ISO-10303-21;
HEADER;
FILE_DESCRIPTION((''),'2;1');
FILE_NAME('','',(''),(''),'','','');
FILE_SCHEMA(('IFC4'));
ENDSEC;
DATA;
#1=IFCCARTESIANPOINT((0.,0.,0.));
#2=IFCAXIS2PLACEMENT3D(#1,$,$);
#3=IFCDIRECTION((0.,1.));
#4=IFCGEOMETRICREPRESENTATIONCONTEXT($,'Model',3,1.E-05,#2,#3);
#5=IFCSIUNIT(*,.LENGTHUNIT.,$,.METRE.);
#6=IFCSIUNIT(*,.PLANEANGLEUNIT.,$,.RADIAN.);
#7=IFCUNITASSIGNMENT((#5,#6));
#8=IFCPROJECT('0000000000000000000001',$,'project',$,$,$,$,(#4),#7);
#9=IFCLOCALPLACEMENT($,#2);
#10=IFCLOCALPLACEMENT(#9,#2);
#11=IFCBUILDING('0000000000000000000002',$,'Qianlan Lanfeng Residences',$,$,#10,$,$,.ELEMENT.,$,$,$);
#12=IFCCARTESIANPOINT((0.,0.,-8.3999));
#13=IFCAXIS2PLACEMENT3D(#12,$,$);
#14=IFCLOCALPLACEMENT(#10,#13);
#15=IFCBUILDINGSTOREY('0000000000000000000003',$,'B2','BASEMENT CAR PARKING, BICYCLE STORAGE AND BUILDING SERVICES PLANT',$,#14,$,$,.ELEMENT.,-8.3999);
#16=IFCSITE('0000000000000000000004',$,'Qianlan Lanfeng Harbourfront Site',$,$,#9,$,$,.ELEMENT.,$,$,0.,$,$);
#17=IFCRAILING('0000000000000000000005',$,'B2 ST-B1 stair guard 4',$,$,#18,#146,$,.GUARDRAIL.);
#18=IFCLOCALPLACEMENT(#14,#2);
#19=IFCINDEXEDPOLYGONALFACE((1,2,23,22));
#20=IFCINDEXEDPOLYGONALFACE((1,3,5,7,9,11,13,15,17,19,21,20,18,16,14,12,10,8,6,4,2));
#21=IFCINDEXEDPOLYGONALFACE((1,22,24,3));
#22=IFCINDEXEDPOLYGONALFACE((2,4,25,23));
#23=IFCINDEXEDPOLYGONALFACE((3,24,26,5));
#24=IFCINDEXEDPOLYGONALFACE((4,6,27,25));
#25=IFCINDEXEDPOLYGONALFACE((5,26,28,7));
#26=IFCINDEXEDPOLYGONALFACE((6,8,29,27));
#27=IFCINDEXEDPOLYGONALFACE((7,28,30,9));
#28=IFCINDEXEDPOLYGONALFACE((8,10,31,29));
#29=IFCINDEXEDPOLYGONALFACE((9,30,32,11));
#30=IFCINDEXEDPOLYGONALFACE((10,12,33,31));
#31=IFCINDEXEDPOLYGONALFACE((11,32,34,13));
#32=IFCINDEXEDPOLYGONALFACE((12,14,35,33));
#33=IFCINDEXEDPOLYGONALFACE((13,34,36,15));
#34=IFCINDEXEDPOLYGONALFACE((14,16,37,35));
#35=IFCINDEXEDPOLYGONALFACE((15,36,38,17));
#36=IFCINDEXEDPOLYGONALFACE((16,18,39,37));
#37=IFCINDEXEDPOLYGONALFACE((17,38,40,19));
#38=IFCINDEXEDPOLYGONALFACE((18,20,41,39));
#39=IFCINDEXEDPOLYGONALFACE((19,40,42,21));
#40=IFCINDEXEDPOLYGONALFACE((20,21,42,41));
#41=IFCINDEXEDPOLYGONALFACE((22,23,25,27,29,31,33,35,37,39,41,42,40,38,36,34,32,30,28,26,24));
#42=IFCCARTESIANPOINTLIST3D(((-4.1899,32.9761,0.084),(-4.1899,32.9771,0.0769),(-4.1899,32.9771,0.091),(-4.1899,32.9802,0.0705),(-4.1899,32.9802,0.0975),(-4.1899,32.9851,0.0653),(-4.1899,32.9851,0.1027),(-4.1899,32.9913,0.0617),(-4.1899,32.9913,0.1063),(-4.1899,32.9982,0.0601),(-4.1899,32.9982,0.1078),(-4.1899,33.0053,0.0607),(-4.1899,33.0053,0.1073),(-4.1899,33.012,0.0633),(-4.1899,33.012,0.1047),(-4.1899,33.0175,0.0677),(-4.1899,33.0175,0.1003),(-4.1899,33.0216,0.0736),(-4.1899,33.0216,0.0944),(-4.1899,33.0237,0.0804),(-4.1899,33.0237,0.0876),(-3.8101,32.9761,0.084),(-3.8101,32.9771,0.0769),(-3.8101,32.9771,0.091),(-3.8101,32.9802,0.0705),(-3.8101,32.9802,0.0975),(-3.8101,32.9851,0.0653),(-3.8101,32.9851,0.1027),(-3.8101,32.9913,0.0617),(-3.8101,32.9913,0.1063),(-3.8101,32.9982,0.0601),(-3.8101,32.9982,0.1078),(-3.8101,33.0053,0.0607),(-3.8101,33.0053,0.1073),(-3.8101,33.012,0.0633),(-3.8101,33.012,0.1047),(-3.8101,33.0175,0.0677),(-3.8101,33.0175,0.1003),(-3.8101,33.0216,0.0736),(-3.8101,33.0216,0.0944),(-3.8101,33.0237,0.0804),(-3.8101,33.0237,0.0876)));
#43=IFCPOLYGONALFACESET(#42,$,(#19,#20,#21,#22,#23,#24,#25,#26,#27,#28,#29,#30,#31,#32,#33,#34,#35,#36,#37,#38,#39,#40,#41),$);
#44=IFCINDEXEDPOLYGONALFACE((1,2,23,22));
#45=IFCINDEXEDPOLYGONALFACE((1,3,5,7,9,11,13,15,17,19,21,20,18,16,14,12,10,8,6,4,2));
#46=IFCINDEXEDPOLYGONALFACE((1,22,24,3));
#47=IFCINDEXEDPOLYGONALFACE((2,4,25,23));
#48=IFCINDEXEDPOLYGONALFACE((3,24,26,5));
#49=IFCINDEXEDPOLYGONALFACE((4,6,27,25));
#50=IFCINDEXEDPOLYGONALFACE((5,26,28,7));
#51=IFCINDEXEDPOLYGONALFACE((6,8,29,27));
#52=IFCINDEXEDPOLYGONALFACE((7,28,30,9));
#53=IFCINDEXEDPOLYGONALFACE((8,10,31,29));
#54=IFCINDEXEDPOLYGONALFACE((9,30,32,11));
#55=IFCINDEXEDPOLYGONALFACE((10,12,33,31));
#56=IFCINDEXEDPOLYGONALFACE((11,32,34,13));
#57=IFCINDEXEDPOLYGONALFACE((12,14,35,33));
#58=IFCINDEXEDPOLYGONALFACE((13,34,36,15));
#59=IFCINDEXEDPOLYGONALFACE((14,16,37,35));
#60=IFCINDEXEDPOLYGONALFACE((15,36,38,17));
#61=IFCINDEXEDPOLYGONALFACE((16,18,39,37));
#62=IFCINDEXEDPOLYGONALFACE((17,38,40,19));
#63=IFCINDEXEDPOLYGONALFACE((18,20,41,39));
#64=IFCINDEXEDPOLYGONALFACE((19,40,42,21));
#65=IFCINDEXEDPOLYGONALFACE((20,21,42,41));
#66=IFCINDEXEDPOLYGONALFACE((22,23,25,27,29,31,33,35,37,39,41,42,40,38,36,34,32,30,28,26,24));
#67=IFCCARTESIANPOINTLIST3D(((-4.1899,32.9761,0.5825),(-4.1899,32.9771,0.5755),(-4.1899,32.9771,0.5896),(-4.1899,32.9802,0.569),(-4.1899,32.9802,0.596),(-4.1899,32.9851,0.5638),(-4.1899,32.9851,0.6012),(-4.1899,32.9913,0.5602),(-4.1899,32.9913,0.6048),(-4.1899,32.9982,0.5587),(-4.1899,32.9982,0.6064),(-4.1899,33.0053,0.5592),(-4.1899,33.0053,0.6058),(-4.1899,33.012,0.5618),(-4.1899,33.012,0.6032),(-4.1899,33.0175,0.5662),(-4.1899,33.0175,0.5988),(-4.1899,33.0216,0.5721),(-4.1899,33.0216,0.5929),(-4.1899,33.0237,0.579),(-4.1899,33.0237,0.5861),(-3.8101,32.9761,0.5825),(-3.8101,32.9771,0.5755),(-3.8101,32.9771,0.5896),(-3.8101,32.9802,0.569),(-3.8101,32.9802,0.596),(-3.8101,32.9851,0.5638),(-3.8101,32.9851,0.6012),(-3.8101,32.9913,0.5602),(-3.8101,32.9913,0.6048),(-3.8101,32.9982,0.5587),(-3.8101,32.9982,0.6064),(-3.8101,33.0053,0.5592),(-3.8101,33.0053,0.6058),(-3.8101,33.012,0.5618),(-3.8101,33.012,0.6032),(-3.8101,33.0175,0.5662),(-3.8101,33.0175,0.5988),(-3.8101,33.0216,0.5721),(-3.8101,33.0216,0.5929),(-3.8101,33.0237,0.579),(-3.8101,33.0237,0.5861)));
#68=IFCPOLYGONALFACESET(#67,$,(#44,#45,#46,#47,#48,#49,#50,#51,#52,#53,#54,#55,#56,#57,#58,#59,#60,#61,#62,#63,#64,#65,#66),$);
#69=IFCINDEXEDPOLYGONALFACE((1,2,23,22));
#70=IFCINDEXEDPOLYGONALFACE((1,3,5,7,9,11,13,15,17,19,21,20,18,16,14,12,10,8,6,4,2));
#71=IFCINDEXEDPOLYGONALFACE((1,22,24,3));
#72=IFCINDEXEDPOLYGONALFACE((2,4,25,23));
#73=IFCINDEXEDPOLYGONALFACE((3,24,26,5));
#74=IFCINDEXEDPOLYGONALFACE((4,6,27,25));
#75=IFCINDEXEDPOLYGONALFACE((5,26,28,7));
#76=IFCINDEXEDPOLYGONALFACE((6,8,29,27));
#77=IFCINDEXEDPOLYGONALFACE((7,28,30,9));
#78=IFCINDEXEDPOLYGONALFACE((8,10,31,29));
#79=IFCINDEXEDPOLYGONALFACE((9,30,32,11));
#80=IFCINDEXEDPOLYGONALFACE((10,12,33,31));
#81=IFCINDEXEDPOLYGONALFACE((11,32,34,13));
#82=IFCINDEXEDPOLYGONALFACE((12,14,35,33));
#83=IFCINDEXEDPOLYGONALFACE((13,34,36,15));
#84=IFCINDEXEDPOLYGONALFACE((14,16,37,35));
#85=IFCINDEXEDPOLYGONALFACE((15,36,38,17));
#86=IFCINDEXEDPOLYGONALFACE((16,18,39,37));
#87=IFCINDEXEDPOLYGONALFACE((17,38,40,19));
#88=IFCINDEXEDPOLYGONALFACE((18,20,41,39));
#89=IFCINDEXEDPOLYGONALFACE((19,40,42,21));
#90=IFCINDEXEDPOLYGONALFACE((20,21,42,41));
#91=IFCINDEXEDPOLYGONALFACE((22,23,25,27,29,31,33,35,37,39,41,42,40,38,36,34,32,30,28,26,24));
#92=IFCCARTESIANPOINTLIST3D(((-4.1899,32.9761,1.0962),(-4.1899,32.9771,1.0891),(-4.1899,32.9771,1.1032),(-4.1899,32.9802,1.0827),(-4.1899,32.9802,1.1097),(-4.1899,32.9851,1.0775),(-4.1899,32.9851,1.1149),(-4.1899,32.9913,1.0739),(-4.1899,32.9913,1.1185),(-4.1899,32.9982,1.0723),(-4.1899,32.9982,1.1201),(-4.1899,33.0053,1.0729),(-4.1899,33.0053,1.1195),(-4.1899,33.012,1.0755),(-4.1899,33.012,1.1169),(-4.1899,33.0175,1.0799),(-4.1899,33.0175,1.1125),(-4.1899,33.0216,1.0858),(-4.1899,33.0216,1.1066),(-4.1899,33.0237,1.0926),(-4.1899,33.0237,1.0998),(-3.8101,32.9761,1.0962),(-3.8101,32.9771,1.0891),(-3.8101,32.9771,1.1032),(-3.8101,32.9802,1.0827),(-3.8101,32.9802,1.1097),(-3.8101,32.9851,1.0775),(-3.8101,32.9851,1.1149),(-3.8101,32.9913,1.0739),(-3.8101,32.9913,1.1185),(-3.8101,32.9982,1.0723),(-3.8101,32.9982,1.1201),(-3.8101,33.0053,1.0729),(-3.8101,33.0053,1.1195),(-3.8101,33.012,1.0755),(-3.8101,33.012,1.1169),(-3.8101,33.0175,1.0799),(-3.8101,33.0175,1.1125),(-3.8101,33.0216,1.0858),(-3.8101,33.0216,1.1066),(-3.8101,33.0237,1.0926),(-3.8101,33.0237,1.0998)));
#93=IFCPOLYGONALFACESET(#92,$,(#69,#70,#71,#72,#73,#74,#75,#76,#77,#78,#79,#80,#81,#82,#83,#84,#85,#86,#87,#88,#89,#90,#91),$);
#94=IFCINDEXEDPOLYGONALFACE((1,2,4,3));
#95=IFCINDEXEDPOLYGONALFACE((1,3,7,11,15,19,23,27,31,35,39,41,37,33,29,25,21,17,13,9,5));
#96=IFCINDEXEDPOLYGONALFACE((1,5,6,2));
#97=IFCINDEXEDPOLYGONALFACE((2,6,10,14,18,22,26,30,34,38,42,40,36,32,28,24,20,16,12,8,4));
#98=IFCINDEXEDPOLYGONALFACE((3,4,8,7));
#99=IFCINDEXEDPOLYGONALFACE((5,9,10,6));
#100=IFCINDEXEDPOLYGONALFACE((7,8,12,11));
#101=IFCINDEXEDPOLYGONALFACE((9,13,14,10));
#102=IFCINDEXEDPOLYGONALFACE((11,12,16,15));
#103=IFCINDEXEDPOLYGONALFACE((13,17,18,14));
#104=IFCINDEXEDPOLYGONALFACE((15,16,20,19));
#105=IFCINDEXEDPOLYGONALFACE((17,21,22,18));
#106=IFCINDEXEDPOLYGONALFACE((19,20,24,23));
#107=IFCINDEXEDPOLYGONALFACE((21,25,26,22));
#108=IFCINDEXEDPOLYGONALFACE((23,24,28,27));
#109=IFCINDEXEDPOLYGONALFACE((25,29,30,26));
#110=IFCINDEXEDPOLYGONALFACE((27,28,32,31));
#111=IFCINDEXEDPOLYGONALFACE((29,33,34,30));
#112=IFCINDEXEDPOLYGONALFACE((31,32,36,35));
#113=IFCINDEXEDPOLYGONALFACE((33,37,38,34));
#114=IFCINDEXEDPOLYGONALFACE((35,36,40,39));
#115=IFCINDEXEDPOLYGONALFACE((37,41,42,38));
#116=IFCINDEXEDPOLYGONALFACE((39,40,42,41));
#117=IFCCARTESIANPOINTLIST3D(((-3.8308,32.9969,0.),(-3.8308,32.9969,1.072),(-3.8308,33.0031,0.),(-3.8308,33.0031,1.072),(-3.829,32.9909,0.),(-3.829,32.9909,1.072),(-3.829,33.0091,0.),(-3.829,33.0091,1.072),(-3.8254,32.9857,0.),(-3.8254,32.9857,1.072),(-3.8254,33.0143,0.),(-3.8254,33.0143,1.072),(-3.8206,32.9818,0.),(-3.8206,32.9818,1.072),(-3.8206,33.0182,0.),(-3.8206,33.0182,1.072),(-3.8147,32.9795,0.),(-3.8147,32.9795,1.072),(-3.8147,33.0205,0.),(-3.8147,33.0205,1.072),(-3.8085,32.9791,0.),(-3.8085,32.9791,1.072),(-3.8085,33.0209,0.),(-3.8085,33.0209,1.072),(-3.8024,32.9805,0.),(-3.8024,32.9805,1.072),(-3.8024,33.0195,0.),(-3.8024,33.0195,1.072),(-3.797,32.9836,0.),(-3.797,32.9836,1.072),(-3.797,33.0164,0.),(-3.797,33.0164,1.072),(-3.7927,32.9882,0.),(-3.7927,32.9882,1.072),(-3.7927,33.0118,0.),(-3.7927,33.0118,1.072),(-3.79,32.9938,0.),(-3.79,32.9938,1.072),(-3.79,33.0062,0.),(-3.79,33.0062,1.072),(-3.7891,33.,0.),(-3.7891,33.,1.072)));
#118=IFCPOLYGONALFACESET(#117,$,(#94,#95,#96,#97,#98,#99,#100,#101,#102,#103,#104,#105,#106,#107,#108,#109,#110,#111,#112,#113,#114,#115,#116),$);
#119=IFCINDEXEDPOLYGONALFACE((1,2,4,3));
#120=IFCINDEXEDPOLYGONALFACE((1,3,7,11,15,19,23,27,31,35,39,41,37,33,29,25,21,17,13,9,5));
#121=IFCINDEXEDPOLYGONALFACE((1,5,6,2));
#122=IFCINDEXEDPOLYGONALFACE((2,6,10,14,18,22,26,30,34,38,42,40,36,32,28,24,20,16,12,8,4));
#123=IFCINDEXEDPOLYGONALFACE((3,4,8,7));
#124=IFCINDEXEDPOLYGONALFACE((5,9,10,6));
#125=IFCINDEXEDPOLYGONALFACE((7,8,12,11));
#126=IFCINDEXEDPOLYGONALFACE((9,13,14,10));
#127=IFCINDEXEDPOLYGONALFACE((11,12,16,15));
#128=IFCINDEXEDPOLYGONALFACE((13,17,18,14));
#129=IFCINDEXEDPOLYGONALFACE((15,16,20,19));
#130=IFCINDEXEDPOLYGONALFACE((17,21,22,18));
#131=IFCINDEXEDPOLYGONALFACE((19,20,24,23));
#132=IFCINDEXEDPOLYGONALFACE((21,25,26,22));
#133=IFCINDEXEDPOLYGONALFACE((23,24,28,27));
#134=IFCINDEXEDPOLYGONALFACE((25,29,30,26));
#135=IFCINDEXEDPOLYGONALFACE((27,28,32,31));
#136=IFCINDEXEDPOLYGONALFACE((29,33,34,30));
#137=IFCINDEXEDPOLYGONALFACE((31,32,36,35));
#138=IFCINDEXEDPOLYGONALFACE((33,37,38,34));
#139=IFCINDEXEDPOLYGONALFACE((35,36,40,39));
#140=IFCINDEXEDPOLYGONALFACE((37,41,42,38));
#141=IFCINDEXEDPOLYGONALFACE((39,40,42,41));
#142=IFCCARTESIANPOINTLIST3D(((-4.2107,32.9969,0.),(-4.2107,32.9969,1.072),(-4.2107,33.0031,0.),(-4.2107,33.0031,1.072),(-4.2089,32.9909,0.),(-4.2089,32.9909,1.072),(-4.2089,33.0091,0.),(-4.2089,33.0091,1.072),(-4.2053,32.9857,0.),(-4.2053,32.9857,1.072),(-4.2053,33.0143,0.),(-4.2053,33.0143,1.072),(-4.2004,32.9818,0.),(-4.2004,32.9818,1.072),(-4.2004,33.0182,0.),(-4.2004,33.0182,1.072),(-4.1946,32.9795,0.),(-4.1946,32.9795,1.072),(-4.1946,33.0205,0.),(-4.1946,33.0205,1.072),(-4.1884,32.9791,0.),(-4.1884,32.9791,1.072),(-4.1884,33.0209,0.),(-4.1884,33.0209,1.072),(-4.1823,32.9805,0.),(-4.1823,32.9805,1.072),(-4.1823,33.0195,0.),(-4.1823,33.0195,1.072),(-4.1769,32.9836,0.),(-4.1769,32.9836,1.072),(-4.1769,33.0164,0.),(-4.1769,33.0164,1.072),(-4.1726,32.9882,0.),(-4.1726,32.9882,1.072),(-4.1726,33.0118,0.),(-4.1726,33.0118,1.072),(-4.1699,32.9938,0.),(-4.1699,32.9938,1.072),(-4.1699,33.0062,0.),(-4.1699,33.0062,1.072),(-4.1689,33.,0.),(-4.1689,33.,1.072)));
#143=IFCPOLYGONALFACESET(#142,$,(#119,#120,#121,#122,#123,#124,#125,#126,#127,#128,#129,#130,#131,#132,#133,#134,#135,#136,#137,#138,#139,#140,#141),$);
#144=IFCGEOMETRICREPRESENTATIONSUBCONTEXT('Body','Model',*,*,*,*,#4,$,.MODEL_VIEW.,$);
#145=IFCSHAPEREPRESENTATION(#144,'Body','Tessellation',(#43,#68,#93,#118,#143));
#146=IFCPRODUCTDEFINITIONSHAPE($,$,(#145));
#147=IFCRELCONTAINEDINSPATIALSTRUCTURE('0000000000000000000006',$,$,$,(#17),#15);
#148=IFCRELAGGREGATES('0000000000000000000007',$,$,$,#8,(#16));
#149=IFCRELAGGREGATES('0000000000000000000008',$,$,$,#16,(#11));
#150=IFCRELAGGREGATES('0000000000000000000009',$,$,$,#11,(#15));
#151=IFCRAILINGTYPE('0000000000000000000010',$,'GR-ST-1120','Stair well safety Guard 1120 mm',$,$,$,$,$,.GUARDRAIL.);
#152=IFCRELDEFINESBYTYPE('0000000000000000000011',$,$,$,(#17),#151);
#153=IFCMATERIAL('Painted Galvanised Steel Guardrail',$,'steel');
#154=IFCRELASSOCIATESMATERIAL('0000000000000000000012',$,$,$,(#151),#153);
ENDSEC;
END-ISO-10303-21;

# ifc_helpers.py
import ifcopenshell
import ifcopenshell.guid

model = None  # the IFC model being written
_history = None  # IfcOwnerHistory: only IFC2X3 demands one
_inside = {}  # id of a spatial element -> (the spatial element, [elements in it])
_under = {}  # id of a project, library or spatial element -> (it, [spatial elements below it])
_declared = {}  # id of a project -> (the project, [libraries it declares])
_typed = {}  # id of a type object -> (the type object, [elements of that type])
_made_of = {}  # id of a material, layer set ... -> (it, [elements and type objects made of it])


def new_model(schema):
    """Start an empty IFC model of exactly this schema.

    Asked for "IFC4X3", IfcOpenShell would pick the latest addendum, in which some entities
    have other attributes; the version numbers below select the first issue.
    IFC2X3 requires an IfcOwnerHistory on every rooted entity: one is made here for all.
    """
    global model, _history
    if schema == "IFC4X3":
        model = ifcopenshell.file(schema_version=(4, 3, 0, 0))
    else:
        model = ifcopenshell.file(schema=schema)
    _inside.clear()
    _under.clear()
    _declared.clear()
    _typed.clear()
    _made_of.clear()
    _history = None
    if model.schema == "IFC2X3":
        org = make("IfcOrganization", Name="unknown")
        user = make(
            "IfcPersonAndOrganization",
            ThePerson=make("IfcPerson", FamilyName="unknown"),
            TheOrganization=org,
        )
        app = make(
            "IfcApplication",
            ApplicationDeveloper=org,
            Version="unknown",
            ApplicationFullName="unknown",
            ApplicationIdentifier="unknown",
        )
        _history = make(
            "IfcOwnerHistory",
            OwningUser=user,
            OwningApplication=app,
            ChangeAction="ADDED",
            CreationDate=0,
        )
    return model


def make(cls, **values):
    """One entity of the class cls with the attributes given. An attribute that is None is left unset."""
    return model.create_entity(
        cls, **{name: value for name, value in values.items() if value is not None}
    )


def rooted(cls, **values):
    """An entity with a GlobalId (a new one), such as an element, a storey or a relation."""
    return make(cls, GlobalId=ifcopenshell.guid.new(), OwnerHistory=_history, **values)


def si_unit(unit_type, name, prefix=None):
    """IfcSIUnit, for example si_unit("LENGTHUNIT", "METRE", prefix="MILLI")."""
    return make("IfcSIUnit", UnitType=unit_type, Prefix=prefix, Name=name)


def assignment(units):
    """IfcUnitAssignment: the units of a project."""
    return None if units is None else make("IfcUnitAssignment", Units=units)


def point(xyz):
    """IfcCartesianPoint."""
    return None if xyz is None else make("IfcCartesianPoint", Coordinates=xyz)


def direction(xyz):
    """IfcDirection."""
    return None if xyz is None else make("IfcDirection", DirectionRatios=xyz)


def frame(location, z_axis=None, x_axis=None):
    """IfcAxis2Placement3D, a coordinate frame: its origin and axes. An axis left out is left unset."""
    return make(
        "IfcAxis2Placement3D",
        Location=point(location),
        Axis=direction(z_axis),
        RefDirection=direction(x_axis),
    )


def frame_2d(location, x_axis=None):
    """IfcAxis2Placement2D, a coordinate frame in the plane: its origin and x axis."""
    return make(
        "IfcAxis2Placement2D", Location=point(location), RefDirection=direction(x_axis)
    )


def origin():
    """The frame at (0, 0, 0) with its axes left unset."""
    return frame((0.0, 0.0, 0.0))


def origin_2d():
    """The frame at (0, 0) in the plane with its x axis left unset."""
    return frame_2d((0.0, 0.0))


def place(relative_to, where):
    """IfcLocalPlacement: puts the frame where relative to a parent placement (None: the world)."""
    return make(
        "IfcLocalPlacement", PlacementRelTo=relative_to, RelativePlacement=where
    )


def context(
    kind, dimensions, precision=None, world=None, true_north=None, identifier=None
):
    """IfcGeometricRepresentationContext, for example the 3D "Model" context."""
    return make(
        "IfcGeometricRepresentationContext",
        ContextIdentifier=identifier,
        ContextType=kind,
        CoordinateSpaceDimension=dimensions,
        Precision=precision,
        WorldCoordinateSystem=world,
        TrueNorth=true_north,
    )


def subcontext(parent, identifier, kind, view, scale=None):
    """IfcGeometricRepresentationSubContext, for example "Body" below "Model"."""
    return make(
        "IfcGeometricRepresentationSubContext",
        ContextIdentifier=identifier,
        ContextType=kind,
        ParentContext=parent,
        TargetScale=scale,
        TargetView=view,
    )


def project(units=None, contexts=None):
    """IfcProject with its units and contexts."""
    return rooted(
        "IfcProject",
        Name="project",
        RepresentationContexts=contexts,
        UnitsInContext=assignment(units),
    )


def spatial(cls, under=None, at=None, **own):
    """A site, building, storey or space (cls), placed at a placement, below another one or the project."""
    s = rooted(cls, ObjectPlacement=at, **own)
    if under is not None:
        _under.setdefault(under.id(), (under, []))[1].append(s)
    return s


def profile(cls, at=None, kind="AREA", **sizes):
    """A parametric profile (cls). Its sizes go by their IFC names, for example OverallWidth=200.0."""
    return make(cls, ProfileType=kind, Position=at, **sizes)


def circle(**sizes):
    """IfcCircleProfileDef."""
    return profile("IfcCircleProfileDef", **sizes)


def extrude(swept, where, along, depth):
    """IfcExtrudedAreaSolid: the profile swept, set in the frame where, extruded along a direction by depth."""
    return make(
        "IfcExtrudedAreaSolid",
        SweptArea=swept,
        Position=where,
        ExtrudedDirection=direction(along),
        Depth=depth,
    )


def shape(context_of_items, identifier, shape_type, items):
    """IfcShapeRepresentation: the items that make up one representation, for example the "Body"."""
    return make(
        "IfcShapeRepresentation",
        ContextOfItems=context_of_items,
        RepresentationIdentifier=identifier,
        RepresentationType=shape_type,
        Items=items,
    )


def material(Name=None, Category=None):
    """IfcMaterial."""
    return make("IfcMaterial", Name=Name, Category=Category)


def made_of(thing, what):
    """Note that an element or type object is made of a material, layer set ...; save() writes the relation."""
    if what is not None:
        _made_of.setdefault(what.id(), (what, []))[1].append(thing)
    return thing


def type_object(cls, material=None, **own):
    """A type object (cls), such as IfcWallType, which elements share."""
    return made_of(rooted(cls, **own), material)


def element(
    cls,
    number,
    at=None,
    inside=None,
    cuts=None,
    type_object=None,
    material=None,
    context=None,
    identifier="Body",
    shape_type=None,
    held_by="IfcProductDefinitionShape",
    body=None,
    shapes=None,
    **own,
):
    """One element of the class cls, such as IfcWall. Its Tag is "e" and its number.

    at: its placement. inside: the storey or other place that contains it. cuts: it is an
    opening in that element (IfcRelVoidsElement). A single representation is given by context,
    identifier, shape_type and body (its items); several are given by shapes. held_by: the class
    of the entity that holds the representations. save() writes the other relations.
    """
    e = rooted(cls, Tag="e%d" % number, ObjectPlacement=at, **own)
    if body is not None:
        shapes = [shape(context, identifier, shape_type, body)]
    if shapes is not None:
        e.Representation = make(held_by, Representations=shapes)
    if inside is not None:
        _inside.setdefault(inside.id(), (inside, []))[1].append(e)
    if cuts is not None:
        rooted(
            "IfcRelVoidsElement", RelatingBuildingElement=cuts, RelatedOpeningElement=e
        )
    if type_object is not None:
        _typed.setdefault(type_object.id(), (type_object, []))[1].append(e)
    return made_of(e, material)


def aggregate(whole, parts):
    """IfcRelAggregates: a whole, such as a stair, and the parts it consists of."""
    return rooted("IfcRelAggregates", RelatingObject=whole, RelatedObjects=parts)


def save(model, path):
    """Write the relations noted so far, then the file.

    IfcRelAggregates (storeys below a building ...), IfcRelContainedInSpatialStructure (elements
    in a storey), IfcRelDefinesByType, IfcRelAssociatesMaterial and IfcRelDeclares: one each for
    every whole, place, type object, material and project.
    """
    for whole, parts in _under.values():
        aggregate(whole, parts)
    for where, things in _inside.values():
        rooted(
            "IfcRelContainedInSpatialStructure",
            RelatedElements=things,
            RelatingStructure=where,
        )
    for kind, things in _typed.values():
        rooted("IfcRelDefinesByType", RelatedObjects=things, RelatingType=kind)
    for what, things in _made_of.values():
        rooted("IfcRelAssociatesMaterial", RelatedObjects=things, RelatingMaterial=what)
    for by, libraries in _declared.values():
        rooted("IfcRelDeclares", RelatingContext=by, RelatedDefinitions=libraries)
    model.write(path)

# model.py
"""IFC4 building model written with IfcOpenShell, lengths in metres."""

from ifc_helpers import new_model, si_unit, direction, frame, origin, origin_2d, place, context, subcontext, project, spatial, circle, extrude, material, type_object, element, save


model = new_model("IFC4")

# Units and contexts
model_context = context("Model", 3, precision=1e-05, world=origin(), true_north=direction((0.0, 1.0)))
body_context = subcontext(model_context, "Body", "Model", "MODEL_VIEW")
ifc_project = project(units=[si_unit("LENGTHUNIT", "METRE"), si_unit("PLANEANGLEUNIT", "RADIAN")], contexts=[model_context])

# Site, building, storey
site_placement = place(None, origin())
site = spatial("IfcSite", under=ifc_project, at=site_placement, Name="Qianlan Lanfeng Harbourfront Site", CompositionType="ELEMENT", RefElevation=0.0)
building_placement = place(site_placement, origin())
building = spatial("IfcBuilding", under=site, at=building_placement, Name="Qianlan Lanfeng Residences", CompositionType="ELEMENT")
storey_placement = place(building_placement, frame((0.0, 0.0, -8.3999)))
storey = spatial("IfcBuildingStorey", under=building, at=storey_placement, Name="B2", Description="BASEMENT CAR PARKING, BICYCLE STORAGE AND BUILDING SERVICES PLANT", CompositionType="ELEMENT", Elevation=-8.3999)

# Railing
ifc_material_1 = material(Name="Painted Galvanised Steel Guardrail", Category="steel")
railing_type_1 = type_object("IfcRailingType", Name="GR-ST-1120", Description="Stair well safety Guard 1120 mm", PredefinedType="GUARDRAIL", material=ifc_material_1)
railing_1_placement = place(storey_placement, frame((-3.8101, 33.0, 0.0)))
element("IfcRailing", 1, at=railing_1_placement, inside=storey, type_object=railing_type_1, Name="B2 ST-B1 stair guard 4", PredefinedType="GUARDRAIL", context=body_context, shape_type="SweptSolid", body=[
    extrude(circle(Radius=0.0239, at=origin_2d()), frame((0.0, 0.0, 0.084), z_axis=(-1.0, 0.0, 0.0), x_axis=(0.0, -1.0, 0.0)), (0.0, 0.0, 1.0), 0.3799),
    extrude(circle(Radius=0.0239, at=origin_2d()), frame((0.0, 0.0, 0.5825), z_axis=(-1.0, 0.0, 0.0), x_axis=(0.0, -1.0, 0.0)), (0.0, 0.0, 1.0), 0.3799),
    extrude(circle(Radius=0.0239, at=origin_2d()), frame((0.0, 0.0, 1.0962), z_axis=(-1.0, 0.0, 0.0), x_axis=(0.0, -1.0, 0.0)), (0.0, 0.0, 1.0), 0.3799),
    extrude(circle(Radius=0.021, at=origin_2d()), origin(), (0.0, 0.0, 1.0), 1.072),
    extrude(circle(Radius=0.021, at=origin_2d()), frame((-0.3799, 0.0, 0.0)), (0.0, 0.0, 1.0), 1.072),
])

save(model, "model.ifc")
